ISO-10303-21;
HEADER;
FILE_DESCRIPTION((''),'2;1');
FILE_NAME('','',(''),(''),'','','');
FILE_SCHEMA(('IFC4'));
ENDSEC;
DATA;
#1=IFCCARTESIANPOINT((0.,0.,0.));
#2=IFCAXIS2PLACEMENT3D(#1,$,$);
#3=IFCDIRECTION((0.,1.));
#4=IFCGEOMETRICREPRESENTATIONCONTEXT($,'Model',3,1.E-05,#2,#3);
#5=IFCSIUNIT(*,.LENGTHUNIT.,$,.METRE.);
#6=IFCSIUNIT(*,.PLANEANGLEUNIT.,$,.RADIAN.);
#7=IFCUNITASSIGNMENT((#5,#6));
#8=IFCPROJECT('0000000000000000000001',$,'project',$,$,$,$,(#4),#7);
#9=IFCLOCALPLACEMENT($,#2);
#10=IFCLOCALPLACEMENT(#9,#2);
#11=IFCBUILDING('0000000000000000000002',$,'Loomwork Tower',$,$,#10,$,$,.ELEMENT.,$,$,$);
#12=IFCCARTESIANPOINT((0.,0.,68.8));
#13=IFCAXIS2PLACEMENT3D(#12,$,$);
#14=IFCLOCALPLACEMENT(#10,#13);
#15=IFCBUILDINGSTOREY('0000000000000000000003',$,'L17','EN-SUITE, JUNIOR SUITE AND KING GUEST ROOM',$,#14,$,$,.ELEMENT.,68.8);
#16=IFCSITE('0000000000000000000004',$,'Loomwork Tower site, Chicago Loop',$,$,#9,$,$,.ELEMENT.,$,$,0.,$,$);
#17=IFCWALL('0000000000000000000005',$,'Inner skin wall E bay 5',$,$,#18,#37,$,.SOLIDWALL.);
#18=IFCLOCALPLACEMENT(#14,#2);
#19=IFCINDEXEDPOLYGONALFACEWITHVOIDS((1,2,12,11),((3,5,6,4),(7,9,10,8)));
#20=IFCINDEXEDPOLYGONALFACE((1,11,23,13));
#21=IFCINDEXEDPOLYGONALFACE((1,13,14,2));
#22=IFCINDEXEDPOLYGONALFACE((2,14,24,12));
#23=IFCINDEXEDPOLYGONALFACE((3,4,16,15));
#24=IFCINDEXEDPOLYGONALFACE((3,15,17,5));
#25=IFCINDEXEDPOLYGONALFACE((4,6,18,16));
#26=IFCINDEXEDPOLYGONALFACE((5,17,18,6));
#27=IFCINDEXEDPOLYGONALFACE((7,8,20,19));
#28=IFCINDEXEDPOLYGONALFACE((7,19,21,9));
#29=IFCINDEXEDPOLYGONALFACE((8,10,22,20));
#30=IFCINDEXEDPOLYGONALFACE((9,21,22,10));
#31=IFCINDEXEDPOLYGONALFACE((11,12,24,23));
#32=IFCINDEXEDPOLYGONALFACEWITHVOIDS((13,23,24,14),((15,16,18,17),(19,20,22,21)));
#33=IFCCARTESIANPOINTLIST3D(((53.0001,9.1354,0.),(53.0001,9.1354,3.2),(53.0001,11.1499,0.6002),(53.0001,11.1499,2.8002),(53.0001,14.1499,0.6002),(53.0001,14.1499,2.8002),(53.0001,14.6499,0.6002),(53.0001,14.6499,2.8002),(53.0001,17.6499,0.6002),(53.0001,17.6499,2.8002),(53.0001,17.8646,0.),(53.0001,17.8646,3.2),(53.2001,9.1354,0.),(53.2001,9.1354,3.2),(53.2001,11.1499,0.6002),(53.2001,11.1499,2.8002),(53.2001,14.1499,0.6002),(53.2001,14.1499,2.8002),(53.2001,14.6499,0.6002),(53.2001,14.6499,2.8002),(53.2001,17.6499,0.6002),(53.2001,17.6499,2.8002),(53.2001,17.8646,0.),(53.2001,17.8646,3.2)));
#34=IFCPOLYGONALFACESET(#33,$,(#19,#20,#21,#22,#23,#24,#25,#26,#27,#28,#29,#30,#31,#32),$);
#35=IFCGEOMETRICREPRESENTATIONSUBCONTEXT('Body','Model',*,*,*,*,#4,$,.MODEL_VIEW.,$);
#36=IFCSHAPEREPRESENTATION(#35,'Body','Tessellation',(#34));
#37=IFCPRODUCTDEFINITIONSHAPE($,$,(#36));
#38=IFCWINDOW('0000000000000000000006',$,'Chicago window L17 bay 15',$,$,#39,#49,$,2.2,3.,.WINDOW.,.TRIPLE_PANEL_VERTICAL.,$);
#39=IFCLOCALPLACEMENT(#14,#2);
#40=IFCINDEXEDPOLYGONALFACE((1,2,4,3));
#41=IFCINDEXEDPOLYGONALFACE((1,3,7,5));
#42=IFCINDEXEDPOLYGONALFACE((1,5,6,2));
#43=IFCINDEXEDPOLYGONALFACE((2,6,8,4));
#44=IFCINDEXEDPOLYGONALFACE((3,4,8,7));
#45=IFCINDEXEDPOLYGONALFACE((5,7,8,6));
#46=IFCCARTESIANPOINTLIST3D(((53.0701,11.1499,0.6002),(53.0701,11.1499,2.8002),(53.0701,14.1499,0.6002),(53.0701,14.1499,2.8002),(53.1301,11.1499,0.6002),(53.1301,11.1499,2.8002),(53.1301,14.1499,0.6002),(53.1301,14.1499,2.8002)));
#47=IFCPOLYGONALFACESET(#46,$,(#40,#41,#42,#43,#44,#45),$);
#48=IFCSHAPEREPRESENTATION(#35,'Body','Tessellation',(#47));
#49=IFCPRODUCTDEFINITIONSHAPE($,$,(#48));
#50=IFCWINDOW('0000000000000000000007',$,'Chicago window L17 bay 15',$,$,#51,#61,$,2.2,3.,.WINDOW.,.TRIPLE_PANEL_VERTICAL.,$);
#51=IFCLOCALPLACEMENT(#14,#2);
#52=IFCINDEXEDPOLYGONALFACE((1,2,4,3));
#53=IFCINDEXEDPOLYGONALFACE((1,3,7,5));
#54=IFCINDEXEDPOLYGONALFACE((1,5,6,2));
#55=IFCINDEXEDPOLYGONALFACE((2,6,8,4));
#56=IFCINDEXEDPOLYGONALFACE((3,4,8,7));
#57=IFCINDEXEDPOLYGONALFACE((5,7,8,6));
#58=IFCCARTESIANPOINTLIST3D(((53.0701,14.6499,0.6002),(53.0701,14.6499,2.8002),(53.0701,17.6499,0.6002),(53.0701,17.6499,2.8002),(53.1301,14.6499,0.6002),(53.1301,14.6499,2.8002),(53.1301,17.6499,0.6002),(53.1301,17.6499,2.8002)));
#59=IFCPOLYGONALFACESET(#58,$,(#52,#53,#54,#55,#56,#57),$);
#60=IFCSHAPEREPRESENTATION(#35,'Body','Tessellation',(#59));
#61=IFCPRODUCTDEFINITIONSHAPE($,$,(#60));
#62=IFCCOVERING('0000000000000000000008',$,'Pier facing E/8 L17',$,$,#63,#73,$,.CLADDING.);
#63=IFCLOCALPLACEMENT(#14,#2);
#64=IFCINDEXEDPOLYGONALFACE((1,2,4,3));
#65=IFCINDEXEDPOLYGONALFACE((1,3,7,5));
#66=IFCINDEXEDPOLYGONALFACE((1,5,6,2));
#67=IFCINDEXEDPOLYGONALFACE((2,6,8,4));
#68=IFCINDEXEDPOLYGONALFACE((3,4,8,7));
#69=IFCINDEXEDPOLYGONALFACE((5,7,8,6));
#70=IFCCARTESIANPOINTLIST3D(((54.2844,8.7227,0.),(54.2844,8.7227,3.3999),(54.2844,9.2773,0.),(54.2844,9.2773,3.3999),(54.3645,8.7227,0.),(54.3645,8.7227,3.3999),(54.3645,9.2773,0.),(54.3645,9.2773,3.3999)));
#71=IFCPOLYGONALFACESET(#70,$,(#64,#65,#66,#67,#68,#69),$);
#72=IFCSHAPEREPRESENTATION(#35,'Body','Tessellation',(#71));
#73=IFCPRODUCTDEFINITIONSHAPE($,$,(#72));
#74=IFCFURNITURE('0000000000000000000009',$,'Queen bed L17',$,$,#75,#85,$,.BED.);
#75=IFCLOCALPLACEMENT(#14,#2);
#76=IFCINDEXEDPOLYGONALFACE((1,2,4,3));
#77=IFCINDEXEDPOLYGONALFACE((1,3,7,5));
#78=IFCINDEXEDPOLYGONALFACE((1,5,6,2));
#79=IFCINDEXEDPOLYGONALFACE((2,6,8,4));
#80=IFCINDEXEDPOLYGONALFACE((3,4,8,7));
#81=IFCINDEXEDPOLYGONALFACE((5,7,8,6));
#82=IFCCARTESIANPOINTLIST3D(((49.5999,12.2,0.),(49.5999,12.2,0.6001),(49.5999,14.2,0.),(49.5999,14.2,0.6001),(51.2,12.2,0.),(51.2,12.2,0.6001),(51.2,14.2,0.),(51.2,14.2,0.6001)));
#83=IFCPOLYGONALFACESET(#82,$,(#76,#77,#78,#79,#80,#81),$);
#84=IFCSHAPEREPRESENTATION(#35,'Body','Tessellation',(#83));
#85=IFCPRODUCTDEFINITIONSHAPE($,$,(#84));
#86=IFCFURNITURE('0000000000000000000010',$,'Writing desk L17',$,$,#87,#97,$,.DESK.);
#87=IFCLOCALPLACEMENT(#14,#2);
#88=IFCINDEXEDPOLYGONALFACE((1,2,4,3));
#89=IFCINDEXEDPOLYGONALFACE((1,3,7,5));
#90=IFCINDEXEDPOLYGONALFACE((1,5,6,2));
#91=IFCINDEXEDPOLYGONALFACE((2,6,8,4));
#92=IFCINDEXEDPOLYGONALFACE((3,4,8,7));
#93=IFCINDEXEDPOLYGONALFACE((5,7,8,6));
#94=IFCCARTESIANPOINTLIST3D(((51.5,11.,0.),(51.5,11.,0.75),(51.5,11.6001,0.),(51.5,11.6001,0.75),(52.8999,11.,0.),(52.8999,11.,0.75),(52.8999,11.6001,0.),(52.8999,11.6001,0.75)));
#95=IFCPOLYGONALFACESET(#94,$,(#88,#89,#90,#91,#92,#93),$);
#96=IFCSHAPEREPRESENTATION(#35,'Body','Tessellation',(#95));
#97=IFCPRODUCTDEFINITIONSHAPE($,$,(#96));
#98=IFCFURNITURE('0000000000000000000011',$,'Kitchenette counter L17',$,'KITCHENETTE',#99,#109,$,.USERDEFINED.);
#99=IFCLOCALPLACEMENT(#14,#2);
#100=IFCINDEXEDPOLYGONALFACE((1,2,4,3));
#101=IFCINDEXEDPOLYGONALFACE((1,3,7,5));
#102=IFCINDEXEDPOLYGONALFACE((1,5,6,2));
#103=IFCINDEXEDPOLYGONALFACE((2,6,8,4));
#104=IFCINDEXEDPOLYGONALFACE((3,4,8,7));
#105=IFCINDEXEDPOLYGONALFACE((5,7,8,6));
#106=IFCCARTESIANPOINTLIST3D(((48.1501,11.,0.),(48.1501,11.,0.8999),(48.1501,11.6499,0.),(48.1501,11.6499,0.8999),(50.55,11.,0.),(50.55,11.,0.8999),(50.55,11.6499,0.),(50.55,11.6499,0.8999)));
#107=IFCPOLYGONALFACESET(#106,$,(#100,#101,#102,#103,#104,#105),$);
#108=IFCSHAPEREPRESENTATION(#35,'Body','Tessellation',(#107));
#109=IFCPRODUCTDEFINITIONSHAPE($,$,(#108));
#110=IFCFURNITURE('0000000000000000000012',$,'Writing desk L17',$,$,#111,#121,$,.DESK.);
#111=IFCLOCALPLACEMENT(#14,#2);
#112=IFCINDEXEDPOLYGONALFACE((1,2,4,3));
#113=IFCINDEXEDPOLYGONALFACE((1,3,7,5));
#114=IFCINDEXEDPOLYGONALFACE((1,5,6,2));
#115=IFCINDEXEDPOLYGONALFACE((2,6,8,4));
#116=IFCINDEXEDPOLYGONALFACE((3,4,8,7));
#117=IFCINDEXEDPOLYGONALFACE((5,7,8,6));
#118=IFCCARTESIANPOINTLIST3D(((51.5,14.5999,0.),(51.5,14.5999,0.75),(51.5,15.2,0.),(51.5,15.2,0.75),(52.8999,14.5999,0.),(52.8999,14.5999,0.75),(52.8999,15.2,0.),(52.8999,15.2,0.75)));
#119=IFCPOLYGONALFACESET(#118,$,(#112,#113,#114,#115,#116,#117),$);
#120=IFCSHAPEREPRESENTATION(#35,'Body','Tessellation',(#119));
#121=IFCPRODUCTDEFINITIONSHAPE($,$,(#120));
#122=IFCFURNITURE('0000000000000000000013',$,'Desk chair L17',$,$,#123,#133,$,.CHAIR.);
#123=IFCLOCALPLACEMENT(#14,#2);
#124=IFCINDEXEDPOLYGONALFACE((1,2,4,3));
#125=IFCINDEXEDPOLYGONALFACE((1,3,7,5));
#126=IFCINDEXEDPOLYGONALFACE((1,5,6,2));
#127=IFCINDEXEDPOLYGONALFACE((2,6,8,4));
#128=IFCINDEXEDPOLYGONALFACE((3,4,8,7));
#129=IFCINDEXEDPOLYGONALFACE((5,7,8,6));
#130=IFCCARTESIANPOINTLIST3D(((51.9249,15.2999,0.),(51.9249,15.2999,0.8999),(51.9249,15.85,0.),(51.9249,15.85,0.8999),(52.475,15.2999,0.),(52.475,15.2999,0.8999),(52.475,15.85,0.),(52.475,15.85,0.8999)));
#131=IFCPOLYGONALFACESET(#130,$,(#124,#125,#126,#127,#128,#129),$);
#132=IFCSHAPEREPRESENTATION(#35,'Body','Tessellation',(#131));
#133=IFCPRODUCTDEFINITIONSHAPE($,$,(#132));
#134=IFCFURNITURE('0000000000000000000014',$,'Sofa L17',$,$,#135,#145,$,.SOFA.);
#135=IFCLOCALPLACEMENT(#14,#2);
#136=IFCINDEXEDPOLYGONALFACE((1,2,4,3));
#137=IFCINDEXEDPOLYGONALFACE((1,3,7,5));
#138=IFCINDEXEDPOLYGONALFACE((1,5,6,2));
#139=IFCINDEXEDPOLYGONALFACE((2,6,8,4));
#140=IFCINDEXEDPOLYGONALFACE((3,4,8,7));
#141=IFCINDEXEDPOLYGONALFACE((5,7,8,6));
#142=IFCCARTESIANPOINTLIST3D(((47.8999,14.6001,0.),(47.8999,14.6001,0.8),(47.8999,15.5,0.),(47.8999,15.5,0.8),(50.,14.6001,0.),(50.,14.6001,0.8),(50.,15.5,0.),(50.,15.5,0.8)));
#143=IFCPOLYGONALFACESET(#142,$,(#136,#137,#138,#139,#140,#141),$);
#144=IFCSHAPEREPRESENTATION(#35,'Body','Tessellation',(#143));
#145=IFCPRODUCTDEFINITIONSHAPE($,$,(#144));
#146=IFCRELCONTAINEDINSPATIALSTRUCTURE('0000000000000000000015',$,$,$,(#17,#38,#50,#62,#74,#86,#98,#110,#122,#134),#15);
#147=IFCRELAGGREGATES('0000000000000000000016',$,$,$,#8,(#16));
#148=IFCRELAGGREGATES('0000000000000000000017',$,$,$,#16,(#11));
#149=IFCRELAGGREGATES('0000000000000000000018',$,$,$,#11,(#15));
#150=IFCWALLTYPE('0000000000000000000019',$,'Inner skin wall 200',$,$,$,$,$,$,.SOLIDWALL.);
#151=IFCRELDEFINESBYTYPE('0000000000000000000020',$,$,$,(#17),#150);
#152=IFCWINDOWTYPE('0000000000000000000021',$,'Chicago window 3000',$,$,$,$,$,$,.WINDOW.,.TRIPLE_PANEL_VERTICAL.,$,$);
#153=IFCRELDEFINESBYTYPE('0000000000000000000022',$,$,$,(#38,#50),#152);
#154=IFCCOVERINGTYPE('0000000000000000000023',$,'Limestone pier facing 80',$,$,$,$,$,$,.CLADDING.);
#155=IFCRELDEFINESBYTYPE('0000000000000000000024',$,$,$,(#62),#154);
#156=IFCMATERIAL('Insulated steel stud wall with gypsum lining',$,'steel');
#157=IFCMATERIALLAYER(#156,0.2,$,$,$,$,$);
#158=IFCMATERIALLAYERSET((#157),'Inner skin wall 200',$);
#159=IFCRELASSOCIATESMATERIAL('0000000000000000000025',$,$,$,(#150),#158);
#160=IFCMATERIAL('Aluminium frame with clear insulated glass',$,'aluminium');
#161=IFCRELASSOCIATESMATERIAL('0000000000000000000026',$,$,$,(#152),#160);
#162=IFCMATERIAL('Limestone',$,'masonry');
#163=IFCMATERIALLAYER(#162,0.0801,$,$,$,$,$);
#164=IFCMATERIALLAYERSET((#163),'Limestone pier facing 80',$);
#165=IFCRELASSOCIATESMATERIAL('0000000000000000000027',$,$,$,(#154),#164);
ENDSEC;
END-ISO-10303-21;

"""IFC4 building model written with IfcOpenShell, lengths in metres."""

from ifc_helpers import new_model, si_unit, direction, frame, frame_2d, origin, origin_2d, place, context, subcontext, project, spatial, rectangle, extrude, material, layer, layer_set, type_object, element, fill, save


model = new_model("IFC4")

# Units and contexts
model_context = context("Model", 3, precision=1e-05, world=origin(), true_north=direction((0.0, 1.0)))
body_context = subcontext(model_context, "Body", "Model", "MODEL_VIEW")
ifc_project = project(units=[si_unit("LENGTHUNIT", "METRE"), si_unit("PLANEANGLEUNIT", "RADIAN")], contexts=[model_context])

# Site, building, storey
site_placement = place(None, origin())
site = spatial("IfcSite", under=ifc_project, at=site_placement, Name="Loomwork Tower site, Chicago Loop", CompositionType="ELEMENT", RefElevation=0.0)
building_placement = place(site_placement, origin())
building = spatial("IfcBuilding", under=site, at=building_placement, Name="Loomwork Tower", CompositionType="ELEMENT")
storey_placement = place(building_placement, frame((0.0, 0.0, 68.8)))
storey = spatial("IfcBuildingStorey", under=building, at=storey_placement, Name="L17", Description="EN-SUITE, JUNIOR SUITE AND KING GUEST ROOM", CompositionType="ELEMENT", Elevation=68.8)

# Shared definitions
ifc_material_1 = material(Name="Insulated steel stud wall with gypsum lining", Category="steel")
ifc_layer_1 = layer(ifc_material_1, 0.2)
ifc_layer_set_1 = layer_set([ifc_layer_1], Name="Inner skin wall 200")
wall_type = type_object("IfcWallType", Name="Inner skin wall 200", PredefinedType="SOLIDWALL", material=ifc_layer_set_1)

# Wall, openings, windows
wall_1_placement = place(storey_placement, frame((53.1001, 9.1353, 0.0), z_axis=(0.0, 0.0, 1.0), x_axis=(0.0, 1.0, 0.0)))
wall_1 = element("IfcWall", 1, at=wall_1_placement, inside=storey, type_object=wall_type, Name="Inner skin wall E bay 5", PredefinedType="SOLIDWALL", context=body_context, shape_type="SweptSolid", body=[
    extrude(rectangle(XDim=8.7292, YDim=0.2, at=frame_2d((4.3647, 0.0))), origin(), (0.0, 0.0, 1.0), 3.2),
])
opening_1_placement = place(wall_1_placement, frame((2.0146, 0.0, 0.6001)))
opening_1 = element("IfcOpeningElement", 2, at=opening_1_placement, cuts=wall_1, PredefinedType="OPENING", context=body_context, shape_type="SweptSolid", body=[
    extrude(rectangle(XDim=3.0, YDim=2.2, at=frame_2d((1.5, 1.1001))), frame((0.0, 0.1099, 0.0), z_axis=(0.0, -1.0, 0.0), x_axis=(1.0, 0.0, 0.0)), (0.0, 0.0, 1.0), 0.22),
])
opening_2_placement = place(wall_1_placement, frame((5.5146, 0.0, 0.6001)))
opening_2 = element("IfcOpeningElement", 3, at=opening_2_placement, cuts=wall_1, PredefinedType="OPENING", context=body_context, shape_type="SweptSolid", body=[
    extrude(rectangle(XDim=3.0, YDim=2.2, at=frame_2d((1.5, 1.1001))), frame((0.0, 0.1099, 0.0), z_axis=(0.0, -1.0, 0.0), x_axis=(1.0, 0.0, 0.0)), (0.0, 0.0, 1.0), 0.22),
])
ifc_material_2 = material(Name="Aluminium frame with clear insulated glass", Category="aluminium")
window_type = type_object("IfcWindowType", Name="Chicago window 3000", PartitioningType="TRIPLE_PANEL_VERTICAL", PredefinedType="WINDOW", material=ifc_material_2)
window_1_placement = place(opening_1_placement, origin())
window_1 = element("IfcWindow", 4, at=window_1_placement, inside=storey, type_object=window_type, Name="Chicago window L17 bay 15", OverallHeight=2.2, OverallWidth=3.0, PartitioningType="TRIPLE_PANEL_VERTICAL", PredefinedType="WINDOW", context=body_context, shape_type="SweptSolid", body=[
    extrude(rectangle(XDim=3.0, YDim=2.2, at=frame_2d((1.5, 1.1001))), frame((0.0, 0.03, 0.0), z_axis=(0.0, -1.0, 0.0), x_axis=(1.0, 0.0, 0.0)), (0.0, 0.0, 1.0), 0.0601),
])
fill(opening_1, window_1)
window_2_placement = place(opening_2_placement, origin())
window_2 = element("IfcWindow", 5, at=window_2_placement, inside=storey, type_object=window_type, Name="Chicago window L17 bay 15", OverallHeight=2.2, OverallWidth=3.0, PartitioningType="TRIPLE_PANEL_VERTICAL", PredefinedType="WINDOW", context=body_context, shape_type="SweptSolid", body=[
    extrude(rectangle(XDim=3.0, YDim=2.2, at=frame_2d((1.5, 1.1001))), frame((0.0, 0.03, 0.0), z_axis=(0.0, -1.0, 0.0), x_axis=(1.0, 0.0, 0.0)), (0.0, 0.0, 1.0), 0.0601),
])
fill(opening_2, window_2)

# Covering
ifc_material_3 = material(Name="Limestone", Category="masonry")
ifc_layer_2 = layer(ifc_material_3, 0.0801)
ifc_layer_set_2 = layer_set([ifc_layer_2], Name="Limestone pier facing 80")
covering_type = type_object("IfcCoveringType", Name="Limestone pier facing 80", PredefinedType="CLADDING", material=ifc_layer_set_2)
covering_placement = place(storey_placement, frame((54.3245, 9.0, 0.0), z_axis=(0.0, 0.0, 1.0), x_axis=(1.0, 0.0, 0.0)))
element("IfcCovering", 6, at=covering_placement, inside=storey, type_object=covering_type, Name="Pier facing E/8 L17", PredefinedType="CLADDING", context=body_context, shape_type="SweptSolid", body=[
    extrude(rectangle(XDim=0.0801, YDim=0.5547, at=origin_2d()), origin(), (0.0, 0.0, 1.0), 3.3999),
])

# Furniture
furniture_1_placement = place(storey_placement, frame((50.3999, 13.2, 0.0), z_axis=(0.0, 0.0, 1.0), x_axis=(1.0, 0.0, 0.0)))
element("IfcFurniture", 7, at=furniture_1_placement, inside=storey, Name="Queen bed L17", PredefinedType="BED", context=body_context, shape_type="SweptSolid", body=[
    extrude(rectangle(XDim=1.6001, YDim=2.0, at=origin_2d()), origin(), (0.0, 0.0, 1.0), 0.6001),
])
furniture_2_placement = place(storey_placement, frame((52.2, 11.3, 0.0), z_axis=(0.0, 0.0, 1.0), x_axis=(1.0, 0.0, 0.0)))
element("IfcFurniture", 8, at=furniture_2_placement, inside=storey, Name="Writing desk L17", PredefinedType="DESK", context=body_context, shape_type="SweptSolid", body=[
    extrude(rectangle(XDim=1.3999, YDim=0.6001, at=origin_2d()), origin(), (0.0, 0.0, 1.0), 0.75),
])
furniture_3_placement = place(storey_placement, frame((49.3501, 11.325, 0.0), z_axis=(0.0, 0.0, 1.0), x_axis=(1.0, 0.0, 0.0)))
element("IfcFurniture", 9, at=furniture_3_placement, inside=storey, Name="Kitchenette counter L17", ObjectType="KITCHENETTE", PredefinedType="USERDEFINED", context=body_context, shape_type="SweptSolid", body=[
    extrude(rectangle(XDim=2.3999, YDim=0.6499, at=origin_2d()), origin(), (0.0, 0.0, 1.0), 0.8999),
])
furniture_4_placement = place(storey_placement, frame((52.2, 14.8999, 0.0), z_axis=(0.0, 0.0, 1.0), x_axis=(1.0, 0.0, 0.0)))
element("IfcFurniture", 10, at=furniture_4_placement, inside=storey, Name="Writing desk L17", PredefinedType="DESK", context=body_context, shape_type="SweptSolid", body=[
    extrude(rectangle(XDim=1.3999, YDim=0.6001, at=origin_2d()), origin(), (0.0, 0.0, 1.0), 0.75),
])
furniture_5_placement = place(storey_placement, frame((52.2, 15.575, 0.0), z_axis=(0.0, 0.0, 1.0), x_axis=(1.0, 0.0, 0.0)))
element("IfcFurniture", 11, at=furniture_5_placement, inside=storey, Name="Desk chair L17", PredefinedType="CHAIR", context=body_context, shape_type="SweptSolid", body=[
    extrude(rectangle(XDim=0.55, YDim=0.55, at=origin_2d()), origin(), (0.0, 0.0, 1.0), 0.8999),
])
furniture_6_placement = place(storey_placement, frame((48.95, 15.05, 0.0), z_axis=(0.0, 0.0, 1.0), x_axis=(1.0, 0.0, 0.0)))
element("IfcFurniture", 12, at=furniture_6_placement, inside=storey, Name="Sofa L17", PredefinedType="SOFA", context=body_context, shape_type="SweptSolid", body=[
    extrude(rectangle(XDim=2.1001, YDim=0.8999, at=origin_2d()), origin(), (0.0, 0.0, 1.0), 0.8),
])

save(model, "model.ifc")
